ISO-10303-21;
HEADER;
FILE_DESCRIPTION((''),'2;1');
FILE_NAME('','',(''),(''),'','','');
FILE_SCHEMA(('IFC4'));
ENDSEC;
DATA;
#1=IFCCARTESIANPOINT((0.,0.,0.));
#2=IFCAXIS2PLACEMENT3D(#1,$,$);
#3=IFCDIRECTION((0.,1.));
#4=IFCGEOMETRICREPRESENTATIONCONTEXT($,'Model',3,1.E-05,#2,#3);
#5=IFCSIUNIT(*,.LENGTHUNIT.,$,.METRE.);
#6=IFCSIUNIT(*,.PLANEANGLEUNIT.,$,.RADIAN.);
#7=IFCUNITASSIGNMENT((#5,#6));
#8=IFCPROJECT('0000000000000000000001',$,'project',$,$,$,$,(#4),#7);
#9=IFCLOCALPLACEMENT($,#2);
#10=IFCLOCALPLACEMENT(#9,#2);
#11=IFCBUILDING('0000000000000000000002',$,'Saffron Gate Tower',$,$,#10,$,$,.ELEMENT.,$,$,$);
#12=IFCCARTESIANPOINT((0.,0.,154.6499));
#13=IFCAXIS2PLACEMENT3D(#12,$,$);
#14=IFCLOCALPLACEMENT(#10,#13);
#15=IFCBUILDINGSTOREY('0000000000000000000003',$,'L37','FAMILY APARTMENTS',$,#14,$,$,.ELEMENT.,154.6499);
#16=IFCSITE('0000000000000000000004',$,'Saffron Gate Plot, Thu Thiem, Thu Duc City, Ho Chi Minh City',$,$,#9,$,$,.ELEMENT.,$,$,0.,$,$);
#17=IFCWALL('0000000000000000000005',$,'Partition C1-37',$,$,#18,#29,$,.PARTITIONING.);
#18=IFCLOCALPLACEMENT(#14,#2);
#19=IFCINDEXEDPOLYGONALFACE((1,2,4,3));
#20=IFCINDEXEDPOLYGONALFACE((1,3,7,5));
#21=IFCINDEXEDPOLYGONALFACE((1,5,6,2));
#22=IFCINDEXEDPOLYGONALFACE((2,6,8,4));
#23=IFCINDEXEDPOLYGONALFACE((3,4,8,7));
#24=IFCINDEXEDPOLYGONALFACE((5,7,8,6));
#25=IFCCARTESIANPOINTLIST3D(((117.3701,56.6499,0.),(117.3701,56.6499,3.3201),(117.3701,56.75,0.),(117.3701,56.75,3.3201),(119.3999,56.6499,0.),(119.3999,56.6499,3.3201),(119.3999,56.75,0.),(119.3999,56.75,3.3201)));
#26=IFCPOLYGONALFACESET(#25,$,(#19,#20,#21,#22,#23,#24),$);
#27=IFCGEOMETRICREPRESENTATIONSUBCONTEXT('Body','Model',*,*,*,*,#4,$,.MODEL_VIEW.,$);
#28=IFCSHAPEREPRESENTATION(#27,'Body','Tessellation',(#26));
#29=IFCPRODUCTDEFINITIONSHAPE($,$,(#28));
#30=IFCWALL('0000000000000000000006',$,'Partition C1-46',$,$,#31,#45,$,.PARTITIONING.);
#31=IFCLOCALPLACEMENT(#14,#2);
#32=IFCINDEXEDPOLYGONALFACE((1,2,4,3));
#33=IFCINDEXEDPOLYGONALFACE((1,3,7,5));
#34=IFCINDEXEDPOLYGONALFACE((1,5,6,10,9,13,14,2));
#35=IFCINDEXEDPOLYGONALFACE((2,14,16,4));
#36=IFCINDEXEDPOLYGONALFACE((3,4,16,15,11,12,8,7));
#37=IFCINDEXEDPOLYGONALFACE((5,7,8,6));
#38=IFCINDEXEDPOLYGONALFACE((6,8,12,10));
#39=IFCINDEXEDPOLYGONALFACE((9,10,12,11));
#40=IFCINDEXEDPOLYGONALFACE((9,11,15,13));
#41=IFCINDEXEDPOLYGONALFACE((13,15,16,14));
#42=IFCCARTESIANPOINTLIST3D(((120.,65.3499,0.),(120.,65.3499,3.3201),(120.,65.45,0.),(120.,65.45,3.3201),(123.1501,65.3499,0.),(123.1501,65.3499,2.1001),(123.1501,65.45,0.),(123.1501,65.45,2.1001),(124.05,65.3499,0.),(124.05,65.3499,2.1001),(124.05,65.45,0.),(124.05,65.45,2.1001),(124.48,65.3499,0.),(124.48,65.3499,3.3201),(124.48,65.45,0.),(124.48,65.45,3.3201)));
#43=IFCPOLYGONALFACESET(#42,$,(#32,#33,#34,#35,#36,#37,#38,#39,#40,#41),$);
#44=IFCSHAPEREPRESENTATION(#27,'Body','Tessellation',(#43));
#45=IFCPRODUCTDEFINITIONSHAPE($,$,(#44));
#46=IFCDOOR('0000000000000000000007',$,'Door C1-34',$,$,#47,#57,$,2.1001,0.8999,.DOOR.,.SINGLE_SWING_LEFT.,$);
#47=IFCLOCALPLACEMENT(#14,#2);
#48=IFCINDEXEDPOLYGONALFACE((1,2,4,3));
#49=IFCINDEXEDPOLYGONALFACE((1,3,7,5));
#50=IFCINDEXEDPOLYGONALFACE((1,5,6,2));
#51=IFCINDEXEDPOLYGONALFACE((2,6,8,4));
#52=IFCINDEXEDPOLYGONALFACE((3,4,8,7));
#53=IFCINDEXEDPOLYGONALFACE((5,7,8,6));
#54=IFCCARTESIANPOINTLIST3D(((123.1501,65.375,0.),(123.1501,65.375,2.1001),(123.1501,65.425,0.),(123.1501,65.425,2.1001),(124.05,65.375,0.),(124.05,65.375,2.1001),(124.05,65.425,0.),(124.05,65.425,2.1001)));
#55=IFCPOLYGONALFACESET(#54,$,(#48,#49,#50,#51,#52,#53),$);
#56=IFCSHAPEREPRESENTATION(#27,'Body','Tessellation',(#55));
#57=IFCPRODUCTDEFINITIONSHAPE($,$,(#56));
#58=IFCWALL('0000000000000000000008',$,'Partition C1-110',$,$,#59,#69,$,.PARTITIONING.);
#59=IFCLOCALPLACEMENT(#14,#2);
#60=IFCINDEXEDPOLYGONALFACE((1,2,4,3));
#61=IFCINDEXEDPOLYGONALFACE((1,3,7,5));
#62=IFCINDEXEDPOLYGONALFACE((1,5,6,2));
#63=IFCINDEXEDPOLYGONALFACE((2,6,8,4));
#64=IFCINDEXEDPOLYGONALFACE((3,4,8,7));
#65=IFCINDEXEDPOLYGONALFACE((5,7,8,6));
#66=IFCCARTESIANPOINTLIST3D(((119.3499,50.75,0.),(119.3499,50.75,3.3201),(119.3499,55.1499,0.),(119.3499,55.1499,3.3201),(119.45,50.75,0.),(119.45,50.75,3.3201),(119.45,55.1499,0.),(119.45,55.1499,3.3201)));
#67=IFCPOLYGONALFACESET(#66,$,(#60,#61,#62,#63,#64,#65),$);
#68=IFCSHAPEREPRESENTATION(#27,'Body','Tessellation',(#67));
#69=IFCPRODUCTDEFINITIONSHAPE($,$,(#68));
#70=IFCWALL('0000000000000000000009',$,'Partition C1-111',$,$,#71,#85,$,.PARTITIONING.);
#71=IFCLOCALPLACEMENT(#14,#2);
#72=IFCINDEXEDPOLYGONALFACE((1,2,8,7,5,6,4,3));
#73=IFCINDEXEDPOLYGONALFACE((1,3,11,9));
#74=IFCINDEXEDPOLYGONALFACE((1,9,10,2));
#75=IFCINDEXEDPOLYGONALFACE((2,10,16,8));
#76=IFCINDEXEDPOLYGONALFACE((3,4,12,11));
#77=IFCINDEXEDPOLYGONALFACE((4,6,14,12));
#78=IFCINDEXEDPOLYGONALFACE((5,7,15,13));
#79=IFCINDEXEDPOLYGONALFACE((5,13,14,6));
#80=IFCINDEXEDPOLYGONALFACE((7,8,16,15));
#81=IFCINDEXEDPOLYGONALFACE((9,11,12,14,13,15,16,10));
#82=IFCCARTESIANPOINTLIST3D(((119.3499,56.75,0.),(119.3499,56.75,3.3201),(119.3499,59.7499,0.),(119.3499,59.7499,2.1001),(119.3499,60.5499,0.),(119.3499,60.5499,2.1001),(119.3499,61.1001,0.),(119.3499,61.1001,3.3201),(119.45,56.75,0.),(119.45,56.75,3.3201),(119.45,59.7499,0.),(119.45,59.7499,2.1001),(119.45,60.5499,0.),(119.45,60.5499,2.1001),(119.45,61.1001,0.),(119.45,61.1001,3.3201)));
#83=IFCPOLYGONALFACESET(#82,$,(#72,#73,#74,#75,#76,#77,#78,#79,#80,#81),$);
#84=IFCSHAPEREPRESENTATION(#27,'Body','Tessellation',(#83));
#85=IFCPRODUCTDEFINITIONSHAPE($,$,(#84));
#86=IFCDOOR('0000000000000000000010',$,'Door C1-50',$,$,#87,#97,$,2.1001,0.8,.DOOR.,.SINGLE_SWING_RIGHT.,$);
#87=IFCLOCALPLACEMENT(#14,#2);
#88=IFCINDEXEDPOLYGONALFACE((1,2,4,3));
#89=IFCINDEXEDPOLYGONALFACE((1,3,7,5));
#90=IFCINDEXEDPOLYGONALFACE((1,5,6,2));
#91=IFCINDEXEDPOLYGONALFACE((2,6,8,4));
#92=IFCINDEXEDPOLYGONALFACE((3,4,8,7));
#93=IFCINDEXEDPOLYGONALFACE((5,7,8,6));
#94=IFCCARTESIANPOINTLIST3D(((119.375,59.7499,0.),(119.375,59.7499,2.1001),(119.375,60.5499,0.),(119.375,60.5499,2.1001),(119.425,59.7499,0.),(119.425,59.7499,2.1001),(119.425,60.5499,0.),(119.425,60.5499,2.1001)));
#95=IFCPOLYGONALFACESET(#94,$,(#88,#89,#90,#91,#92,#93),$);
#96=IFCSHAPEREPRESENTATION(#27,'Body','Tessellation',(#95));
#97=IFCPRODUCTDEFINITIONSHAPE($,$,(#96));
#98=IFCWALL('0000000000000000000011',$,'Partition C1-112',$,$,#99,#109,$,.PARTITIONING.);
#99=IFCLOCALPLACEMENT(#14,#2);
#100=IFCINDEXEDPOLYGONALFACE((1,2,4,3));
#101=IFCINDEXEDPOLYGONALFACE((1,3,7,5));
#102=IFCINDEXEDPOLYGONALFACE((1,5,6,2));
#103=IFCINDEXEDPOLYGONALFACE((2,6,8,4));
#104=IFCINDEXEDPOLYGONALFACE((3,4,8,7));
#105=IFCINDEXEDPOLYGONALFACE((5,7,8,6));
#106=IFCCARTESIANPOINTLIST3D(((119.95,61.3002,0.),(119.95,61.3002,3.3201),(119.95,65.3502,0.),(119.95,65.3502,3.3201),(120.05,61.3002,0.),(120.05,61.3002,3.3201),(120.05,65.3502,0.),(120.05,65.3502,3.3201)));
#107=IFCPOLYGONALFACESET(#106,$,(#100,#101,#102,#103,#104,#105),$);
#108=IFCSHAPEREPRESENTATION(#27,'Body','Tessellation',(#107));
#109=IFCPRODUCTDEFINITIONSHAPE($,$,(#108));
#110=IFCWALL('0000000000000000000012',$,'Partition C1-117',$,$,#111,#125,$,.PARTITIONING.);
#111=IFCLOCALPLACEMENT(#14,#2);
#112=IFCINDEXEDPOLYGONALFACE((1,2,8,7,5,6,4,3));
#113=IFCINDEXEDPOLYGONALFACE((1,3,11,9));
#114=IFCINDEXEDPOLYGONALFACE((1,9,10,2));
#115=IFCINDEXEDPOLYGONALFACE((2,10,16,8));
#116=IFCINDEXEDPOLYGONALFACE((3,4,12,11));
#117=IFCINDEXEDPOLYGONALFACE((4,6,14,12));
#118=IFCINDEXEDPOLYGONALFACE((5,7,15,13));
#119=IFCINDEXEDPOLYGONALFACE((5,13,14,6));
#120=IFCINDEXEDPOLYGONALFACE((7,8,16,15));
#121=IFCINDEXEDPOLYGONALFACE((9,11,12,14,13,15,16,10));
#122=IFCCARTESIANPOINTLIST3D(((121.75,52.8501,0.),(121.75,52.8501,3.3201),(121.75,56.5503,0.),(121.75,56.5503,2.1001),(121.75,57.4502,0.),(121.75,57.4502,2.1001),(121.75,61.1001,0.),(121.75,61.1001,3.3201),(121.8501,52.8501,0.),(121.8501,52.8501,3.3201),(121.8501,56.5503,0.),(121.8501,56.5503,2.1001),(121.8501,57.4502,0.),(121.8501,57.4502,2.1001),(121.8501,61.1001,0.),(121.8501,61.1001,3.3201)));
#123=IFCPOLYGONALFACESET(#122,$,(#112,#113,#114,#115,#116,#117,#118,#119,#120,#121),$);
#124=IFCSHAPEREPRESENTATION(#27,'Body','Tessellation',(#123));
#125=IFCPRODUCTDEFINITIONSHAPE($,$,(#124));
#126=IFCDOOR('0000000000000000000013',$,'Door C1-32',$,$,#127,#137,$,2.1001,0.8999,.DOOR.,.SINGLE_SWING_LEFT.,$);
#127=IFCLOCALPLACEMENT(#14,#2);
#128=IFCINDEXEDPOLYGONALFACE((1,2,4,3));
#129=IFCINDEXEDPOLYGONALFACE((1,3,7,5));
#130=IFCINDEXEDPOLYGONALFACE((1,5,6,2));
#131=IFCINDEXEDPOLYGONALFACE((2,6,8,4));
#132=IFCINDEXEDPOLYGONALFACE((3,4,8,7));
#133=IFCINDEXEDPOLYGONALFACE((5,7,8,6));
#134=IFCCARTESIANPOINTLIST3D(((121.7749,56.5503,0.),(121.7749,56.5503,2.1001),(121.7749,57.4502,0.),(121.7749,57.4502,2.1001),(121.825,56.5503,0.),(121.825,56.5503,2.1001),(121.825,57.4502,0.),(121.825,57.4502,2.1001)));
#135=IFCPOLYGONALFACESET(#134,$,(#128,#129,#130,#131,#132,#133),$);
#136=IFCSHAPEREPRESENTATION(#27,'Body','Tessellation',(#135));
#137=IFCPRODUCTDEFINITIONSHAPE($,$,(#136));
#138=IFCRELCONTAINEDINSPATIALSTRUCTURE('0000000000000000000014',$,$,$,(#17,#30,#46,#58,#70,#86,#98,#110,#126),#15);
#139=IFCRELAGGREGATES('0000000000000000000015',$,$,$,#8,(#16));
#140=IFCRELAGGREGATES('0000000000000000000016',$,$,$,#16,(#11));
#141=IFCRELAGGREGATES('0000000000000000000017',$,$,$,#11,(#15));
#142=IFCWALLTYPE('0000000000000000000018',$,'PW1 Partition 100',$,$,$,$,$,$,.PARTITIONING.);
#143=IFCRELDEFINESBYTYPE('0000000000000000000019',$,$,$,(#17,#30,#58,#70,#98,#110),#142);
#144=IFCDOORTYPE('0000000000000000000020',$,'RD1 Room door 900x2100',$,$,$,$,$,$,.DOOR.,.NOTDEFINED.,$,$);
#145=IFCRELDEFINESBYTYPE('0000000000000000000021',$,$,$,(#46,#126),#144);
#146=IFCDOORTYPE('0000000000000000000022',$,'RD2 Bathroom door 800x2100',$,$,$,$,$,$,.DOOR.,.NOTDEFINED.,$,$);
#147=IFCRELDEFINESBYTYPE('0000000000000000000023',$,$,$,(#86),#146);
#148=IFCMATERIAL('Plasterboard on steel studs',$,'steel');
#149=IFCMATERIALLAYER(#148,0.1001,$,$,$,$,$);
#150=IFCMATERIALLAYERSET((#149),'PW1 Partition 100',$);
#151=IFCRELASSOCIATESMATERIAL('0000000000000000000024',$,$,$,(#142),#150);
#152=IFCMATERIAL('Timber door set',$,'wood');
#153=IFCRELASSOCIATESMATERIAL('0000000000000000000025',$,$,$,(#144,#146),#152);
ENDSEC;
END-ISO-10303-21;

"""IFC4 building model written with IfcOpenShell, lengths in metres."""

from ifc_helpers import new_model, si_unit, direction, frame, frame_2d, origin, place, context, subcontext, project, spatial, rectangle, extrude, material, layer, layer_set, type_object, element, fill, save


model = new_model("IFC4")

# Units and contexts
model_context = context("Model", 3, precision=1e-05, world=origin(), true_north=direction((0.0, 1.0)))
body_context = subcontext(model_context, "Body", "Model", "MODEL_VIEW")
ifc_project = project(units=[si_unit("LENGTHUNIT", "METRE"), si_unit("PLANEANGLEUNIT", "RADIAN")], contexts=[model_context])

# Site, building, storey
site_placement = place(None, origin())
site = spatial("IfcSite", under=ifc_project, at=site_placement, Name="Saffron Gate Plot, Thu Thiem, Thu Duc City, Ho Chi Minh City", CompositionType="ELEMENT", RefElevation=0.0)
building_placement = place(site_placement, origin())
building = spatial("IfcBuilding", under=site, at=building_placement, Name="Saffron Gate Tower", CompositionType="ELEMENT")
storey_placement = place(building_placement, frame((0.0, 0.0, 154.6499)))
storey = spatial("IfcBuildingStorey", under=building, at=storey_placement, Name="L37", Description="FAMILY APARTMENTS", CompositionType="ELEMENT", Elevation=154.6499)

# Shared definitions
ifc_material_1 = material(Name="Plasterboard on steel studs", Category="steel")
ifc_layer = layer(ifc_material_1, 0.1001)
ifc_layer_set = layer_set([ifc_layer], Name="PW1 Partition 100")
wall_type = type_object("IfcWallType", Name="PW1 Partition 100", PredefinedType="PARTITIONING", material=ifc_layer_set)

# Shared definitions
ifc_material_2 = material(Name="Timber door set", Category="wood")
door_type_1 = type_object("IfcDoorType", Name="RD1 Room door 900x2100", OperationType="NOTDEFINED", PredefinedType="DOOR", material=ifc_material_2)

# Wall
wall_1_placement = place(storey_placement, frame((117.3701, 56.7, 0.0), z_axis=(0.0, 0.0, 1.0), x_axis=(1.0, 0.0, 0.0)))
element("IfcWall", 1, at=wall_1_placement, inside=storey, type_object=wall_type, Name="Partition C1-37", PredefinedType="PARTITIONING", context=body_context, shape_type="SweptSolid", body=[
    extrude(rectangle(XDim=2.0298, YDim=0.1001, at=frame_2d((1.0149, 0.0))), origin(), (0.0, 0.0, 1.0), 3.3201),
])

# Wall, opening, door
wall_2_placement = place(storey_placement, frame((124.48, 65.3999, 0.0), z_axis=(0.0, 0.0, 1.0), x_axis=(-1.0, 0.0, 0.0)))
wall_2 = element("IfcWall", 2, at=wall_2_placement, inside=storey, type_object=wall_type, Name="Partition C1-46", PredefinedType="PARTITIONING", context=body_context, shape_type="SweptSolid", body=[
    extrude(rectangle(XDim=4.48, YDim=0.1001, at=frame_2d((2.24, 0.0))), origin(), (0.0, 0.0, 1.0), 3.3201),
])
opening_1_placement = place(wall_2_placement, frame((0.4299, 0.0, 0.0)))
opening_1 = element("IfcOpeningElement", 3, at=opening_1_placement, cuts=wall_2, PredefinedType="OPENING", context=body_context, shape_type="SweptSolid", body=[
    extrude(rectangle(XDim=0.8999, YDim=2.1001, at=frame_2d((0.45, 1.05))), frame((0.0, 0.0601, 0.0), z_axis=(0.0, -1.0, 0.0), x_axis=(1.0, 0.0, 0.0)), (0.0, 0.0, 1.0), 0.1201),
])
door_1_placement = place(opening_1_placement, origin())
door_1 = element("IfcDoor", 4, at=door_1_placement, inside=storey, type_object=door_type_1, Name="Door C1-34", OperationType="SINGLE_SWING_LEFT", OverallHeight=2.1001, OverallWidth=0.8999, PredefinedType="DOOR", context=body_context, shape_type="SweptSolid", body=[
    extrude(rectangle(XDim=0.8999, YDim=2.1001, at=frame_2d((0.45, 1.05))), frame((0.0, 0.0249, 0.0), z_axis=(0.0, -1.0, 0.0), x_axis=(1.0, 0.0, 0.0)), (0.0, 0.0, 1.0), 0.05),
])
fill(opening_1, door_1)

# Wall
wall_3_placement = place(storey_placement, frame((119.3999, 55.1499, 0.0), z_axis=(0.0, 0.0, 1.0), x_axis=(0.0, -1.0, 0.0)))
element("IfcWall", 5, at=wall_3_placement, inside=storey, type_object=wall_type, Name="Partition C1-110", PredefinedType="PARTITIONING", context=body_context, shape_type="SweptSolid", body=[
    extrude(rectangle(XDim=4.3999, YDim=0.1001, at=frame_2d((2.2, 0.0))), origin(), (0.0, 0.0, 1.0), 3.3201),
])

# Wall, opening, door
wall_4_placement = place(storey_placement, frame((119.3999, 56.75, 0.0), z_axis=(0.0, 0.0, 1.0), x_axis=(0.0, 1.0, 0.0)))
wall_4 = element("IfcWall", 6, at=wall_4_placement, inside=storey, type_object=wall_type, Name="Partition C1-111", PredefinedType="PARTITIONING", context=body_context, shape_type="SweptSolid", body=[
    extrude(rectangle(XDim=4.3501, YDim=0.1001, at=frame_2d((2.175, 0.0))), origin(), (0.0, 0.0, 1.0), 3.3201),
])
opening_2_placement = place(wall_4_placement, frame((3.0, 0.0, 0.0)))
opening_2 = element("IfcOpeningElement", 7, at=opening_2_placement, cuts=wall_4, PredefinedType="OPENING", context=body_context, shape_type="SweptSolid", body=[
    extrude(rectangle(XDim=0.8, YDim=2.1001, at=frame_2d((0.3999, 1.05))), frame((0.0, 0.0601, 0.0), z_axis=(0.0, -1.0, 0.0), x_axis=(1.0, 0.0, 0.0)), (0.0, 0.0, 1.0), 0.1201),
])
door_type_2 = type_object("IfcDoorType", Name="RD2 Bathroom door 800x2100", OperationType="NOTDEFINED", PredefinedType="DOOR", material=ifc_material_2)
door_2_placement = place(opening_2_placement, origin())
door_2 = element("IfcDoor", 8, at=door_2_placement, inside=storey, type_object=door_type_2, Name="Door C1-50", OperationType="SINGLE_SWING_RIGHT", OverallHeight=2.1001, OverallWidth=0.8, PredefinedType="DOOR", context=body_context, shape_type="SweptSolid", body=[
    extrude(rectangle(XDim=0.8, YDim=2.1001, at=frame_2d((0.3999, 1.05))), frame((0.0, 0.0249, 0.0), z_axis=(0.0, -1.0, 0.0), x_axis=(1.0, 0.0, 0.0)), (0.0, 0.0, 1.0), 0.05),
])
fill(opening_2, door_2)

# Wall
wall_5_placement = place(storey_placement, frame((120.0, 65.3501, 0.0), z_axis=(0.0, 0.0, 1.0), x_axis=(0.0, -1.0, 0.0)))
element("IfcWall", 9, at=wall_5_placement, inside=storey, type_object=wall_type, Name="Partition C1-112", PredefinedType="PARTITIONING", context=body_context, shape_type="SweptSolid", body=[
    extrude(rectangle(XDim=4.05, YDim=0.1001, at=frame_2d((2.0249, 0.0))), origin(), (0.0, 0.0, 1.0), 3.3201),
])

# Wall, opening, door
wall_6_placement = place(storey_placement, frame((121.8, 61.1001, 0.0), z_axis=(0.0, 0.0, 1.0), x_axis=(0.0, -1.0, 0.0)))
wall_6 = element("IfcWall", 10, at=wall_6_placement, inside=storey, type_object=wall_type, Name="Partition C1-117", PredefinedType="PARTITIONING", context=body_context, shape_type="SweptSolid", body=[
    extrude(rectangle(XDim=8.25, YDim=0.1001, at=frame_2d((4.125, 0.0))), origin(), (0.0, 0.0, 1.0), 3.3201),
])
opening_3_placement = place(wall_6_placement, frame((3.6499, 0.0, 0.0)))
opening_3 = element("IfcOpeningElement", 11, at=opening_3_placement, cuts=wall_6, PredefinedType="OPENING", context=body_context, shape_type="SweptSolid", body=[
    extrude(rectangle(XDim=0.8999, YDim=2.1001, at=frame_2d((0.45, 1.05))), frame((0.0, 0.0601, 0.0), z_axis=(0.0, -1.0, 0.0), x_axis=(1.0, 0.0, 0.0)), (0.0, 0.0, 1.0), 0.1201),
])
door_3_placement = place(opening_3_placement, origin())
door_3 = element("IfcDoor", 12, at=door_3_placement, inside=storey, type_object=door_type_1, Name="Door C1-32", OperationType="SINGLE_SWING_LEFT", OverallHeight=2.1001, OverallWidth=0.8999, PredefinedType="DOOR", context=body_context, shape_type="SweptSolid", body=[
    extrude(rectangle(XDim=0.8999, YDim=2.1001, at=frame_2d((0.45, 1.05))), frame((0.0, 0.0249, 0.0), z_axis=(0.0, -1.0, 0.0), x_axis=(1.0, 0.0, 0.0)), (0.0, 0.0, 1.0), 0.05),
])
fill(opening_3, door_3)

save(model, "model.ifc")
